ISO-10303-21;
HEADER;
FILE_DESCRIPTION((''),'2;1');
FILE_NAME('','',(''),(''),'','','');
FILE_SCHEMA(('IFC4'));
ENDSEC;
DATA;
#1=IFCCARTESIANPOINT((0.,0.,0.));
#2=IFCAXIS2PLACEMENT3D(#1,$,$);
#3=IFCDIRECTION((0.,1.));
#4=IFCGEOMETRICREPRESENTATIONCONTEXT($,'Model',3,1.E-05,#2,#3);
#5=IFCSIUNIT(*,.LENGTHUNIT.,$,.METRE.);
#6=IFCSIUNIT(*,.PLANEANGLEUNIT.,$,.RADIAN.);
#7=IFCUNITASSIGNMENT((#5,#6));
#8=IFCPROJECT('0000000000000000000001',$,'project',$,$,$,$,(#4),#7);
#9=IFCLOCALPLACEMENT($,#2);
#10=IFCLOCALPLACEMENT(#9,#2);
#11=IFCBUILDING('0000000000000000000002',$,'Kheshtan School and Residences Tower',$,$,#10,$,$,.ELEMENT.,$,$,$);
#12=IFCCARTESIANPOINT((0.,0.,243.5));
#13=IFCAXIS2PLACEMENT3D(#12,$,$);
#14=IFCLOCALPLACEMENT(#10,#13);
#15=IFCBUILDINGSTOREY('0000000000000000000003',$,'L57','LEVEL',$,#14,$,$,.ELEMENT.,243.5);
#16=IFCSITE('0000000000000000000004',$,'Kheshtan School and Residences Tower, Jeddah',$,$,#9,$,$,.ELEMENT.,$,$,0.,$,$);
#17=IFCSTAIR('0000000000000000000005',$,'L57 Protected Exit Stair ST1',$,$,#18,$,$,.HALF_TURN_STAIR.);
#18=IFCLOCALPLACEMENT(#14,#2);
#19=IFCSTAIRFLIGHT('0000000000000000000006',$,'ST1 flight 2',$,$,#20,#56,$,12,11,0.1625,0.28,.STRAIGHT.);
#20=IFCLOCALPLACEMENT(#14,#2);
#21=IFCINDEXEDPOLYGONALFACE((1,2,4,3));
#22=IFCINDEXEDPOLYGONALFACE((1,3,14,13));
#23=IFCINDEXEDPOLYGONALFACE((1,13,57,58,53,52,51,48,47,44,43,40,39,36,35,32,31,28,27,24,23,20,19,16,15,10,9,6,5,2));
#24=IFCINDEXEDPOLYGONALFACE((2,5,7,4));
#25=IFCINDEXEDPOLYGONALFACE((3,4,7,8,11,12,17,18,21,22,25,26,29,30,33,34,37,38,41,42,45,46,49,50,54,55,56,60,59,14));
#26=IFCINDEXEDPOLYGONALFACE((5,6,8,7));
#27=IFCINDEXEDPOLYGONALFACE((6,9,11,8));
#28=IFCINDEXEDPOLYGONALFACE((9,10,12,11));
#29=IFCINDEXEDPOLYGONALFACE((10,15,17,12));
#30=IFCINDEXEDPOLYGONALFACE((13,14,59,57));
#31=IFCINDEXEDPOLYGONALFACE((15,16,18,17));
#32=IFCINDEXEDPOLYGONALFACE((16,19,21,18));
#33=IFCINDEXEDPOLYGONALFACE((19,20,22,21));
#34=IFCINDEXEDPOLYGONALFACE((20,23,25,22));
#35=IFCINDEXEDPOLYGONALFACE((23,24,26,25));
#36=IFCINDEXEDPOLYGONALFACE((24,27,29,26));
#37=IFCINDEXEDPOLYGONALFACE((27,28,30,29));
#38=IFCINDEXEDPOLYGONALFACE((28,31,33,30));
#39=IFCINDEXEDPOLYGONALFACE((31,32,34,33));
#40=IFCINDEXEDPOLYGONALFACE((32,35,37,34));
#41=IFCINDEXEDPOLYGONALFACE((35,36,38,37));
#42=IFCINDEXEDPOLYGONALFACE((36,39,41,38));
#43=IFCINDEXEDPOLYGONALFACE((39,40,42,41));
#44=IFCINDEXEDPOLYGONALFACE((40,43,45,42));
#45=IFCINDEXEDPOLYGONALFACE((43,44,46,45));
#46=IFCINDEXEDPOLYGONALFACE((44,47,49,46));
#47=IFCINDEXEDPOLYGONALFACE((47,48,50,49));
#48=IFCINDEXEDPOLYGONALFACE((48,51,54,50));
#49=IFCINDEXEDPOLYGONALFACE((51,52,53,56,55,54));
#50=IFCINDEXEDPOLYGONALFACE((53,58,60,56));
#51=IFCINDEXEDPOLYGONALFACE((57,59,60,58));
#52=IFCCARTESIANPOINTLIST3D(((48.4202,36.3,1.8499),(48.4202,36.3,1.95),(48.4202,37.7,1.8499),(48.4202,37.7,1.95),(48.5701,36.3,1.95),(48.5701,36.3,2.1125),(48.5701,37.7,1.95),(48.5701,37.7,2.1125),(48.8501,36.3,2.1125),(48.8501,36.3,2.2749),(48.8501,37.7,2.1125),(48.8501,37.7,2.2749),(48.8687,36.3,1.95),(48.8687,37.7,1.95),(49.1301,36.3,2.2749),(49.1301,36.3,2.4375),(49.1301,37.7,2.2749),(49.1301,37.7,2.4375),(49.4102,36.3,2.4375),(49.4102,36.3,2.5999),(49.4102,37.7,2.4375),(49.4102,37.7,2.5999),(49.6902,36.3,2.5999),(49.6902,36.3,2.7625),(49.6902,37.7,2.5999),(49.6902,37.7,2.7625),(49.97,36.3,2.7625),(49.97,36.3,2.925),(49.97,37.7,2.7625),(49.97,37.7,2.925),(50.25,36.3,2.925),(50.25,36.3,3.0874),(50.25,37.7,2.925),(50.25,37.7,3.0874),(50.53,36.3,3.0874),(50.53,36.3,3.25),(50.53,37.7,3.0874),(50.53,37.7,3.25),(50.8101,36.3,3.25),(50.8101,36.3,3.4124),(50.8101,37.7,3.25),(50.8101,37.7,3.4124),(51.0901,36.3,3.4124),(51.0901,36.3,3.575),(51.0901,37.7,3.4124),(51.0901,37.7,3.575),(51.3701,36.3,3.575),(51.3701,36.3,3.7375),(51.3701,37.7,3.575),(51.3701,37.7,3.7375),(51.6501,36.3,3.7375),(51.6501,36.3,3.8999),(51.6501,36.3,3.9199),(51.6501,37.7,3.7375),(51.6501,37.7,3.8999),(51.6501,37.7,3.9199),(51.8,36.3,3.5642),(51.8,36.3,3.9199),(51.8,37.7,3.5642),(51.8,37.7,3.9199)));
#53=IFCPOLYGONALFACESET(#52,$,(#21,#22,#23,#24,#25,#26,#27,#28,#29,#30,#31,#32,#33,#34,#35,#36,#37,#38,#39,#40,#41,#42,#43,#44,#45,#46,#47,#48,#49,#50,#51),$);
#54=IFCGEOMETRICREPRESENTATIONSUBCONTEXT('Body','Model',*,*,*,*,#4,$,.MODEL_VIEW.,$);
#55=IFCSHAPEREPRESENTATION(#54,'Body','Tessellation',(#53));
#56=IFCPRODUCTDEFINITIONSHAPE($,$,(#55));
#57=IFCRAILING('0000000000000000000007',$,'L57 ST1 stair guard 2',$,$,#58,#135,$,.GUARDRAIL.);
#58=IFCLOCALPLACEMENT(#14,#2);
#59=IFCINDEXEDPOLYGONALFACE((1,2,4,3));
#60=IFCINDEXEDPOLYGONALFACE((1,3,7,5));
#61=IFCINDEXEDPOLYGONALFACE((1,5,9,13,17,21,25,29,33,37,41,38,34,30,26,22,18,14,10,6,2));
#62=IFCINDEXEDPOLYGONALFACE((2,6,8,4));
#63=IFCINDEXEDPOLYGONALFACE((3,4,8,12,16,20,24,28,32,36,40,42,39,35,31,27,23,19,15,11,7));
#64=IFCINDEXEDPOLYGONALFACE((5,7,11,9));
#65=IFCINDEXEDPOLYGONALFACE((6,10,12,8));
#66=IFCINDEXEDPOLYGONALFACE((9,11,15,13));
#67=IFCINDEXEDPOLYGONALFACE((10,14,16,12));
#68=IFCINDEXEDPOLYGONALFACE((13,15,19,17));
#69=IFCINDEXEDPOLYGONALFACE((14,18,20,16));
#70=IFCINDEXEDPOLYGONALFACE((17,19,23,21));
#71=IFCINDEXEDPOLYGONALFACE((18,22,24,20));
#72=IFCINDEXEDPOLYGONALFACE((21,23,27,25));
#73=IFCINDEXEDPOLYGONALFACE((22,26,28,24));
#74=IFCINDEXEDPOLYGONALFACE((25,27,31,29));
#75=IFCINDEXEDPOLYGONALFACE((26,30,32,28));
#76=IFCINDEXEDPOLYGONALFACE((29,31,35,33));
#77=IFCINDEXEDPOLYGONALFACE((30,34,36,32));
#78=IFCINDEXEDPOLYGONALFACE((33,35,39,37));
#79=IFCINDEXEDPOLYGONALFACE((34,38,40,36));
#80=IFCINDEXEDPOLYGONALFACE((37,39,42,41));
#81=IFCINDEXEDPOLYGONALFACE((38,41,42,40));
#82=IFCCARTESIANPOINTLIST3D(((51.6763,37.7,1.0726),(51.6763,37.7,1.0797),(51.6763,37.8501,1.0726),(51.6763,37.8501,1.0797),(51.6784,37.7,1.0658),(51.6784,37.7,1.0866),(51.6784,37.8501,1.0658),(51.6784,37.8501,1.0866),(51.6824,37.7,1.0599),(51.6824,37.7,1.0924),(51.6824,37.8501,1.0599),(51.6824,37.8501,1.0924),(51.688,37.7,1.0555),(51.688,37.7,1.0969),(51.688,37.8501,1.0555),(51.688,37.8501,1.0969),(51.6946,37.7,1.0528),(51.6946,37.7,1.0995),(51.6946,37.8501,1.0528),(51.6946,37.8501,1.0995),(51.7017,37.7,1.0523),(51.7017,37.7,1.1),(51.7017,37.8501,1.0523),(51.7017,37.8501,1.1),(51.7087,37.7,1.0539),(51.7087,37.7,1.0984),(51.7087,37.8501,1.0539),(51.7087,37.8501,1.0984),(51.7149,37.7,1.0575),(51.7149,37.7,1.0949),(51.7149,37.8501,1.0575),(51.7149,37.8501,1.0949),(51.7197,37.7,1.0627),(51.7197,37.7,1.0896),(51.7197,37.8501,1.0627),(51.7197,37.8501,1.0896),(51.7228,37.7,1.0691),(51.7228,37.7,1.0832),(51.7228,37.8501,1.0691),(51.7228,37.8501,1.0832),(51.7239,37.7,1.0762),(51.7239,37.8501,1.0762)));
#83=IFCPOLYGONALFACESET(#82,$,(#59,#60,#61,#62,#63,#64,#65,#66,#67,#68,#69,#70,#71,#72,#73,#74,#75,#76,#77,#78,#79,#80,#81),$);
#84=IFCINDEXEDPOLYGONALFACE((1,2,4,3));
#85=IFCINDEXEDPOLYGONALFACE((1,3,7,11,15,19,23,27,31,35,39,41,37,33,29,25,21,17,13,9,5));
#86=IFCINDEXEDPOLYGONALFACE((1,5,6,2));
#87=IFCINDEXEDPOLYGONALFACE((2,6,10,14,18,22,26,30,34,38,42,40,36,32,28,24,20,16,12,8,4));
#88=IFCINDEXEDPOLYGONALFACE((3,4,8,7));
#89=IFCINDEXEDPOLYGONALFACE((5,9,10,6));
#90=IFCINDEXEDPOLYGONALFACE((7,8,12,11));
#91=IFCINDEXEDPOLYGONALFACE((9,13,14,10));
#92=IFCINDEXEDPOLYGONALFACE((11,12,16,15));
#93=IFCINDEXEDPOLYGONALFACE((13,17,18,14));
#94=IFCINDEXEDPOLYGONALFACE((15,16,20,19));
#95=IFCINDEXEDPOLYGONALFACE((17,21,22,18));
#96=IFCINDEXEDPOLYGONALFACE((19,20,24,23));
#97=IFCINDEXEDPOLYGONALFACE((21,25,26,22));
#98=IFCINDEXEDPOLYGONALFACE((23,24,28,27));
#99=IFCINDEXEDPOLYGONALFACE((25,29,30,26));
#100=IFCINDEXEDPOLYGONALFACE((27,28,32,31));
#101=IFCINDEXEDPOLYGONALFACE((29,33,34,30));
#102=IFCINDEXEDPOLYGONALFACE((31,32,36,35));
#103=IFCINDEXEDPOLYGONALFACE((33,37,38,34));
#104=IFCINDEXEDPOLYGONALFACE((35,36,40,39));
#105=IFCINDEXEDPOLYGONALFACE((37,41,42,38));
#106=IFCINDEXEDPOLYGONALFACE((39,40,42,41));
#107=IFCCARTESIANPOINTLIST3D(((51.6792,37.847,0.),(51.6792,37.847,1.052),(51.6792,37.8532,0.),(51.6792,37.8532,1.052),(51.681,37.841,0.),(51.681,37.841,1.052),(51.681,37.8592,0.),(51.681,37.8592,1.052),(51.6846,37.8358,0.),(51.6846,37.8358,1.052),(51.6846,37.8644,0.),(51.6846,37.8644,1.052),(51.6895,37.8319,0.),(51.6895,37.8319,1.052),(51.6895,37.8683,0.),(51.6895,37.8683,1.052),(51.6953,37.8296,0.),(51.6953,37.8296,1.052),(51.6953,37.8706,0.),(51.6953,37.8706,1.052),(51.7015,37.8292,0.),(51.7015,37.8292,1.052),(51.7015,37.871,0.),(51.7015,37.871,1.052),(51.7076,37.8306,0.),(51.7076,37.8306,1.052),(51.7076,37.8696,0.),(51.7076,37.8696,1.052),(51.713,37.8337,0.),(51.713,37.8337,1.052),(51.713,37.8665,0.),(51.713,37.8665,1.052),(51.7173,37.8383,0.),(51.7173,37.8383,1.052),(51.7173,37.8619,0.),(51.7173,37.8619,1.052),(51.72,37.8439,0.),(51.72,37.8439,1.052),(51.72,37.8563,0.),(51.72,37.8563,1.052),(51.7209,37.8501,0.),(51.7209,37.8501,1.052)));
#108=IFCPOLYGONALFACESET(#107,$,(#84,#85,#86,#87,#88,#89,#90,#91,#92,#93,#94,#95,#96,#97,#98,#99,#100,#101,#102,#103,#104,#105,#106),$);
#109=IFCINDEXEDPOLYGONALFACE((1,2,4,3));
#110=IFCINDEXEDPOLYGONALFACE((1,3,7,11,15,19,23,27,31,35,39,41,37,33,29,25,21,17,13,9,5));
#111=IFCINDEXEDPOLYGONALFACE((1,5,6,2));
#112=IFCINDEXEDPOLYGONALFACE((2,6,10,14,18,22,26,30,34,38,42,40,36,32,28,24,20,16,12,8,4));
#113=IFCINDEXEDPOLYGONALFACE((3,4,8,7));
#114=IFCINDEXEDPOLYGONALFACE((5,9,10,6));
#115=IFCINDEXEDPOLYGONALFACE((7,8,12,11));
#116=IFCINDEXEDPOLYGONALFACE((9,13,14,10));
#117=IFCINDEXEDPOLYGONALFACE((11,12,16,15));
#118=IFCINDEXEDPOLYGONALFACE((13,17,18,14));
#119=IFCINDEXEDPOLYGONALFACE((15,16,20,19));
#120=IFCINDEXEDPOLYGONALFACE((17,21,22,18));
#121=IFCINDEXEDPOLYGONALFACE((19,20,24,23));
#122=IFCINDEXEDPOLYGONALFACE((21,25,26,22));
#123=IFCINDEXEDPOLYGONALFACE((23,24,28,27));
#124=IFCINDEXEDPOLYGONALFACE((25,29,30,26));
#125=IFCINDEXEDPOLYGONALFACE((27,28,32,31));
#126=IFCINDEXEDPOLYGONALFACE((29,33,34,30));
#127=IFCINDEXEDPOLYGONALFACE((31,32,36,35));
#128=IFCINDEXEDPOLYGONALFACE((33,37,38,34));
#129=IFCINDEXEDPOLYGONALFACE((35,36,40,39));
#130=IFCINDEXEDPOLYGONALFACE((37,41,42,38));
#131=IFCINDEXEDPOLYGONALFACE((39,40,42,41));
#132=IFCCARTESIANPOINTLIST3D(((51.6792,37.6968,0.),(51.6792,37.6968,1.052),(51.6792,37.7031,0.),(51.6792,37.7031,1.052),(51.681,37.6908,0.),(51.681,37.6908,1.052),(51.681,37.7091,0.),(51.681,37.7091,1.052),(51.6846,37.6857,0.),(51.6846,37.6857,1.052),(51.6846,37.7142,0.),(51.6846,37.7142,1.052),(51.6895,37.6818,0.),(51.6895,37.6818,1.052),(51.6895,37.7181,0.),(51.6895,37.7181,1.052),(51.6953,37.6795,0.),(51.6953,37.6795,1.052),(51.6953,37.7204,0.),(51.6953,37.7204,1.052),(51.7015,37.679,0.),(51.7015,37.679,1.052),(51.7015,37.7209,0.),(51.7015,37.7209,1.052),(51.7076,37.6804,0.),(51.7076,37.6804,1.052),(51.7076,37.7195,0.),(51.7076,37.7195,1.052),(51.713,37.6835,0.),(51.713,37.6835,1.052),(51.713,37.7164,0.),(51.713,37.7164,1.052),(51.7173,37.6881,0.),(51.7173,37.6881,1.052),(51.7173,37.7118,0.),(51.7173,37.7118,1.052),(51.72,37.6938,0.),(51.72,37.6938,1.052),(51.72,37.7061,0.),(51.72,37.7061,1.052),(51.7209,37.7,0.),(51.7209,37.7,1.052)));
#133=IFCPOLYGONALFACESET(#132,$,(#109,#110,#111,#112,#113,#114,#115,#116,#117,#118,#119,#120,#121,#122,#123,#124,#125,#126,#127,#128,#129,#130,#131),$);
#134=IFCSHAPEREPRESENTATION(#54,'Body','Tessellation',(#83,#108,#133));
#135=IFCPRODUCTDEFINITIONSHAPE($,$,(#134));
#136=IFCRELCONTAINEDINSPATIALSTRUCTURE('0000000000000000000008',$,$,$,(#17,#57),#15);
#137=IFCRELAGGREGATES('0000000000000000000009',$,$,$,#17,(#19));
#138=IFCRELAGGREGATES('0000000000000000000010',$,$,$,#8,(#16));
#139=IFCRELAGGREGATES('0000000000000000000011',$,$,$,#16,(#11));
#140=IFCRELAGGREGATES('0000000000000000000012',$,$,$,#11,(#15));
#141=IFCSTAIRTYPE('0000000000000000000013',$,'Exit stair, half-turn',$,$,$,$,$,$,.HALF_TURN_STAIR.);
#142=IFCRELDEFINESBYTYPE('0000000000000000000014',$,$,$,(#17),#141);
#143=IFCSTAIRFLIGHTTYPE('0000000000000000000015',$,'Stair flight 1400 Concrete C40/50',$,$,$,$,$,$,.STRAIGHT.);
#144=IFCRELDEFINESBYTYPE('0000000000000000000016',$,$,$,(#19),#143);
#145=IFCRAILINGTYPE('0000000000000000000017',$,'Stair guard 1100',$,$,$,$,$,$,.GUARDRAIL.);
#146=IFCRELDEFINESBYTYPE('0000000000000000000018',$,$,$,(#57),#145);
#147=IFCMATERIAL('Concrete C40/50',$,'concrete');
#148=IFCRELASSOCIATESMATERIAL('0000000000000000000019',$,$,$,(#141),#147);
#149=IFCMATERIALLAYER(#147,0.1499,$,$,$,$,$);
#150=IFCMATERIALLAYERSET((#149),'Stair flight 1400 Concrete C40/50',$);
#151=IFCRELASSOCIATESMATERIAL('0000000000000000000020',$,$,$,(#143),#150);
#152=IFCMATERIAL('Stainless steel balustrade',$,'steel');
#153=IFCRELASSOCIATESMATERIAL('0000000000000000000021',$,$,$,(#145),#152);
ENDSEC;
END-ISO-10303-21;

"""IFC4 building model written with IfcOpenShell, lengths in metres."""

from ifc_helpers import new_model, si_unit, direction, frame, origin, origin_2d, place, context, subcontext, project, spatial, polyline, circle, outline, extrude, material, layer, layer_set, type_object, element, aggregate, save


model = new_model("IFC4")

# Units and contexts
model_context = context("Model", 3, precision=1e-05, world=origin(), true_north=direction((0.0, 1.0)))
body_context = subcontext(model_context, "Body", "Model", "MODEL_VIEW")
ifc_project = project(units=[si_unit("LENGTHUNIT", "METRE"), si_unit("PLANEANGLEUNIT", "RADIAN")], contexts=[model_context])

# Site, building, storey
site_placement = place(None, origin())
site = spatial("IfcSite", under=ifc_project, at=site_placement, Name="Kheshtan School and Residences Tower, Jeddah", CompositionType="ELEMENT", RefElevation=0.0)
building_placement = place(site_placement, origin())
building = spatial("IfcBuilding", under=site, at=building_placement, Name="Kheshtan School and Residences Tower", CompositionType="ELEMENT")
storey_placement = place(building_placement, frame((0.0, 0.0, 243.5)))
storey = spatial("IfcBuildingStorey", under=building, at=storey_placement, Name="L57", Description="LEVEL", CompositionType="ELEMENT", Elevation=243.5)

# Shared definitions
ifc_material_1 = material(Name="Concrete C40/50", Category="concrete")

# Stair, stair flight
stair_type = type_object("IfcStairType", Name="Exit stair, half-turn", PredefinedType="HALF_TURN_STAIR", material=ifc_material_1)
stair_placement = place(storey_placement, origin())
stair = element("IfcStair", 1, at=stair_placement, inside=storey, type_object=stair_type, Name="L57 Protected Exit Stair ST1", PredefinedType="HALF_TURN_STAIR")
ifc_layer_1 = layer(ifc_material_1, 0.1499)
ifc_layer_set_1 = layer_set([ifc_layer_1], Name="Stair flight 1400 Concrete C40/50")
stair_flight_type = type_object("IfcStairFlightType", Name="Stair flight 1400 Concrete C40/50", PredefinedType="STRAIGHT", material=ifc_layer_set_1)
stair_flight_1_placement = place(storey_placement, frame((48.5701, 37.0, 1.95), z_axis=(0.0, 0.0, 1.0), x_axis=(1.0, 0.0, 0.0)))
stair_flight_1 = element("IfcStairFlight", 2, at=stair_flight_1_placement, type_object=stair_flight_type, Name="ST1 flight 2", NumberOfRisers=12, NumberOfTreads=11, PredefinedType="STRAIGHT", RiserHeight=0.1625, TreadLength=0.28, context=body_context, shape_type="SweptSolid", body=[
    extrude(outline(polyline([(-0.1499, -0.1001), (-0.1499, 0.0), (0.0, 0.0), (0.0, 0.1626), (0.28, 0.1626), (0.28, 0.325), (0.5601, 0.325), (0.5601, 0.4875), (0.8401, 0.4875), (0.8401, 0.6499), (1.1201, 0.6499), (1.1201, 0.8125), (1.3999, 0.8125), (1.3999, 0.9751), (1.6799, 0.9751), (1.6799, 1.1375), (1.96, 1.1375), (1.96, 1.3), (2.24, 1.3), (2.24, 1.4624), (2.52, 1.4624), (2.52, 1.625), (2.8, 1.625), (2.8, 1.7876), (3.0801, 1.7876), (3.0801, 1.95), (3.0801, 1.97), (3.23, 1.97), (3.23, 1.6143), (0.2986, 0.0), (-0.1499, -0.1001)])), frame((0.0, 0.7, 0.0), z_axis=(0.0, -1.0, 0.0), x_axis=(1.0, 0.0, 0.0)), (0.0, 0.0, 1.0), 1.3999),
])
aggregate(stair, [stair_flight_1])

# Railing
ifc_material_2 = material(Name="Stainless steel balustrade", Category="steel")
railing_type_1 = type_object("IfcRailingType", Name="Stair guard 1100", PredefinedType="GUARDRAIL", material=ifc_material_2)
railing_1_placement = place(storey_placement, frame((51.7, 37.8501, 0.0)))
element("IfcRailing", 3, at=railing_1_placement, inside=storey, type_object=railing_type_1, Name="L57 ST1 stair guard 2", PredefinedType="GUARDRAIL", context=body_context, shape_type="SweptSolid", body=[
    extrude(circle(Radius=0.0239, at=origin_2d()), frame((0.0, 0.0, 1.0762), z_axis=(0.0, -1.0, 0.0), x_axis=(1.0, 0.0, 0.0)), (0.0, 0.0, 1.0), 0.1501),
    extrude(circle(Radius=0.021, at=origin_2d()), origin(), (0.0, 0.0, 1.0), 1.052),
    extrude(circle(Radius=0.021, at=origin_2d()), frame((0.0, -0.1501, 0.0)), (0.0, 0.0, 1.0), 1.052),
])

save(model, "model.ifc")
